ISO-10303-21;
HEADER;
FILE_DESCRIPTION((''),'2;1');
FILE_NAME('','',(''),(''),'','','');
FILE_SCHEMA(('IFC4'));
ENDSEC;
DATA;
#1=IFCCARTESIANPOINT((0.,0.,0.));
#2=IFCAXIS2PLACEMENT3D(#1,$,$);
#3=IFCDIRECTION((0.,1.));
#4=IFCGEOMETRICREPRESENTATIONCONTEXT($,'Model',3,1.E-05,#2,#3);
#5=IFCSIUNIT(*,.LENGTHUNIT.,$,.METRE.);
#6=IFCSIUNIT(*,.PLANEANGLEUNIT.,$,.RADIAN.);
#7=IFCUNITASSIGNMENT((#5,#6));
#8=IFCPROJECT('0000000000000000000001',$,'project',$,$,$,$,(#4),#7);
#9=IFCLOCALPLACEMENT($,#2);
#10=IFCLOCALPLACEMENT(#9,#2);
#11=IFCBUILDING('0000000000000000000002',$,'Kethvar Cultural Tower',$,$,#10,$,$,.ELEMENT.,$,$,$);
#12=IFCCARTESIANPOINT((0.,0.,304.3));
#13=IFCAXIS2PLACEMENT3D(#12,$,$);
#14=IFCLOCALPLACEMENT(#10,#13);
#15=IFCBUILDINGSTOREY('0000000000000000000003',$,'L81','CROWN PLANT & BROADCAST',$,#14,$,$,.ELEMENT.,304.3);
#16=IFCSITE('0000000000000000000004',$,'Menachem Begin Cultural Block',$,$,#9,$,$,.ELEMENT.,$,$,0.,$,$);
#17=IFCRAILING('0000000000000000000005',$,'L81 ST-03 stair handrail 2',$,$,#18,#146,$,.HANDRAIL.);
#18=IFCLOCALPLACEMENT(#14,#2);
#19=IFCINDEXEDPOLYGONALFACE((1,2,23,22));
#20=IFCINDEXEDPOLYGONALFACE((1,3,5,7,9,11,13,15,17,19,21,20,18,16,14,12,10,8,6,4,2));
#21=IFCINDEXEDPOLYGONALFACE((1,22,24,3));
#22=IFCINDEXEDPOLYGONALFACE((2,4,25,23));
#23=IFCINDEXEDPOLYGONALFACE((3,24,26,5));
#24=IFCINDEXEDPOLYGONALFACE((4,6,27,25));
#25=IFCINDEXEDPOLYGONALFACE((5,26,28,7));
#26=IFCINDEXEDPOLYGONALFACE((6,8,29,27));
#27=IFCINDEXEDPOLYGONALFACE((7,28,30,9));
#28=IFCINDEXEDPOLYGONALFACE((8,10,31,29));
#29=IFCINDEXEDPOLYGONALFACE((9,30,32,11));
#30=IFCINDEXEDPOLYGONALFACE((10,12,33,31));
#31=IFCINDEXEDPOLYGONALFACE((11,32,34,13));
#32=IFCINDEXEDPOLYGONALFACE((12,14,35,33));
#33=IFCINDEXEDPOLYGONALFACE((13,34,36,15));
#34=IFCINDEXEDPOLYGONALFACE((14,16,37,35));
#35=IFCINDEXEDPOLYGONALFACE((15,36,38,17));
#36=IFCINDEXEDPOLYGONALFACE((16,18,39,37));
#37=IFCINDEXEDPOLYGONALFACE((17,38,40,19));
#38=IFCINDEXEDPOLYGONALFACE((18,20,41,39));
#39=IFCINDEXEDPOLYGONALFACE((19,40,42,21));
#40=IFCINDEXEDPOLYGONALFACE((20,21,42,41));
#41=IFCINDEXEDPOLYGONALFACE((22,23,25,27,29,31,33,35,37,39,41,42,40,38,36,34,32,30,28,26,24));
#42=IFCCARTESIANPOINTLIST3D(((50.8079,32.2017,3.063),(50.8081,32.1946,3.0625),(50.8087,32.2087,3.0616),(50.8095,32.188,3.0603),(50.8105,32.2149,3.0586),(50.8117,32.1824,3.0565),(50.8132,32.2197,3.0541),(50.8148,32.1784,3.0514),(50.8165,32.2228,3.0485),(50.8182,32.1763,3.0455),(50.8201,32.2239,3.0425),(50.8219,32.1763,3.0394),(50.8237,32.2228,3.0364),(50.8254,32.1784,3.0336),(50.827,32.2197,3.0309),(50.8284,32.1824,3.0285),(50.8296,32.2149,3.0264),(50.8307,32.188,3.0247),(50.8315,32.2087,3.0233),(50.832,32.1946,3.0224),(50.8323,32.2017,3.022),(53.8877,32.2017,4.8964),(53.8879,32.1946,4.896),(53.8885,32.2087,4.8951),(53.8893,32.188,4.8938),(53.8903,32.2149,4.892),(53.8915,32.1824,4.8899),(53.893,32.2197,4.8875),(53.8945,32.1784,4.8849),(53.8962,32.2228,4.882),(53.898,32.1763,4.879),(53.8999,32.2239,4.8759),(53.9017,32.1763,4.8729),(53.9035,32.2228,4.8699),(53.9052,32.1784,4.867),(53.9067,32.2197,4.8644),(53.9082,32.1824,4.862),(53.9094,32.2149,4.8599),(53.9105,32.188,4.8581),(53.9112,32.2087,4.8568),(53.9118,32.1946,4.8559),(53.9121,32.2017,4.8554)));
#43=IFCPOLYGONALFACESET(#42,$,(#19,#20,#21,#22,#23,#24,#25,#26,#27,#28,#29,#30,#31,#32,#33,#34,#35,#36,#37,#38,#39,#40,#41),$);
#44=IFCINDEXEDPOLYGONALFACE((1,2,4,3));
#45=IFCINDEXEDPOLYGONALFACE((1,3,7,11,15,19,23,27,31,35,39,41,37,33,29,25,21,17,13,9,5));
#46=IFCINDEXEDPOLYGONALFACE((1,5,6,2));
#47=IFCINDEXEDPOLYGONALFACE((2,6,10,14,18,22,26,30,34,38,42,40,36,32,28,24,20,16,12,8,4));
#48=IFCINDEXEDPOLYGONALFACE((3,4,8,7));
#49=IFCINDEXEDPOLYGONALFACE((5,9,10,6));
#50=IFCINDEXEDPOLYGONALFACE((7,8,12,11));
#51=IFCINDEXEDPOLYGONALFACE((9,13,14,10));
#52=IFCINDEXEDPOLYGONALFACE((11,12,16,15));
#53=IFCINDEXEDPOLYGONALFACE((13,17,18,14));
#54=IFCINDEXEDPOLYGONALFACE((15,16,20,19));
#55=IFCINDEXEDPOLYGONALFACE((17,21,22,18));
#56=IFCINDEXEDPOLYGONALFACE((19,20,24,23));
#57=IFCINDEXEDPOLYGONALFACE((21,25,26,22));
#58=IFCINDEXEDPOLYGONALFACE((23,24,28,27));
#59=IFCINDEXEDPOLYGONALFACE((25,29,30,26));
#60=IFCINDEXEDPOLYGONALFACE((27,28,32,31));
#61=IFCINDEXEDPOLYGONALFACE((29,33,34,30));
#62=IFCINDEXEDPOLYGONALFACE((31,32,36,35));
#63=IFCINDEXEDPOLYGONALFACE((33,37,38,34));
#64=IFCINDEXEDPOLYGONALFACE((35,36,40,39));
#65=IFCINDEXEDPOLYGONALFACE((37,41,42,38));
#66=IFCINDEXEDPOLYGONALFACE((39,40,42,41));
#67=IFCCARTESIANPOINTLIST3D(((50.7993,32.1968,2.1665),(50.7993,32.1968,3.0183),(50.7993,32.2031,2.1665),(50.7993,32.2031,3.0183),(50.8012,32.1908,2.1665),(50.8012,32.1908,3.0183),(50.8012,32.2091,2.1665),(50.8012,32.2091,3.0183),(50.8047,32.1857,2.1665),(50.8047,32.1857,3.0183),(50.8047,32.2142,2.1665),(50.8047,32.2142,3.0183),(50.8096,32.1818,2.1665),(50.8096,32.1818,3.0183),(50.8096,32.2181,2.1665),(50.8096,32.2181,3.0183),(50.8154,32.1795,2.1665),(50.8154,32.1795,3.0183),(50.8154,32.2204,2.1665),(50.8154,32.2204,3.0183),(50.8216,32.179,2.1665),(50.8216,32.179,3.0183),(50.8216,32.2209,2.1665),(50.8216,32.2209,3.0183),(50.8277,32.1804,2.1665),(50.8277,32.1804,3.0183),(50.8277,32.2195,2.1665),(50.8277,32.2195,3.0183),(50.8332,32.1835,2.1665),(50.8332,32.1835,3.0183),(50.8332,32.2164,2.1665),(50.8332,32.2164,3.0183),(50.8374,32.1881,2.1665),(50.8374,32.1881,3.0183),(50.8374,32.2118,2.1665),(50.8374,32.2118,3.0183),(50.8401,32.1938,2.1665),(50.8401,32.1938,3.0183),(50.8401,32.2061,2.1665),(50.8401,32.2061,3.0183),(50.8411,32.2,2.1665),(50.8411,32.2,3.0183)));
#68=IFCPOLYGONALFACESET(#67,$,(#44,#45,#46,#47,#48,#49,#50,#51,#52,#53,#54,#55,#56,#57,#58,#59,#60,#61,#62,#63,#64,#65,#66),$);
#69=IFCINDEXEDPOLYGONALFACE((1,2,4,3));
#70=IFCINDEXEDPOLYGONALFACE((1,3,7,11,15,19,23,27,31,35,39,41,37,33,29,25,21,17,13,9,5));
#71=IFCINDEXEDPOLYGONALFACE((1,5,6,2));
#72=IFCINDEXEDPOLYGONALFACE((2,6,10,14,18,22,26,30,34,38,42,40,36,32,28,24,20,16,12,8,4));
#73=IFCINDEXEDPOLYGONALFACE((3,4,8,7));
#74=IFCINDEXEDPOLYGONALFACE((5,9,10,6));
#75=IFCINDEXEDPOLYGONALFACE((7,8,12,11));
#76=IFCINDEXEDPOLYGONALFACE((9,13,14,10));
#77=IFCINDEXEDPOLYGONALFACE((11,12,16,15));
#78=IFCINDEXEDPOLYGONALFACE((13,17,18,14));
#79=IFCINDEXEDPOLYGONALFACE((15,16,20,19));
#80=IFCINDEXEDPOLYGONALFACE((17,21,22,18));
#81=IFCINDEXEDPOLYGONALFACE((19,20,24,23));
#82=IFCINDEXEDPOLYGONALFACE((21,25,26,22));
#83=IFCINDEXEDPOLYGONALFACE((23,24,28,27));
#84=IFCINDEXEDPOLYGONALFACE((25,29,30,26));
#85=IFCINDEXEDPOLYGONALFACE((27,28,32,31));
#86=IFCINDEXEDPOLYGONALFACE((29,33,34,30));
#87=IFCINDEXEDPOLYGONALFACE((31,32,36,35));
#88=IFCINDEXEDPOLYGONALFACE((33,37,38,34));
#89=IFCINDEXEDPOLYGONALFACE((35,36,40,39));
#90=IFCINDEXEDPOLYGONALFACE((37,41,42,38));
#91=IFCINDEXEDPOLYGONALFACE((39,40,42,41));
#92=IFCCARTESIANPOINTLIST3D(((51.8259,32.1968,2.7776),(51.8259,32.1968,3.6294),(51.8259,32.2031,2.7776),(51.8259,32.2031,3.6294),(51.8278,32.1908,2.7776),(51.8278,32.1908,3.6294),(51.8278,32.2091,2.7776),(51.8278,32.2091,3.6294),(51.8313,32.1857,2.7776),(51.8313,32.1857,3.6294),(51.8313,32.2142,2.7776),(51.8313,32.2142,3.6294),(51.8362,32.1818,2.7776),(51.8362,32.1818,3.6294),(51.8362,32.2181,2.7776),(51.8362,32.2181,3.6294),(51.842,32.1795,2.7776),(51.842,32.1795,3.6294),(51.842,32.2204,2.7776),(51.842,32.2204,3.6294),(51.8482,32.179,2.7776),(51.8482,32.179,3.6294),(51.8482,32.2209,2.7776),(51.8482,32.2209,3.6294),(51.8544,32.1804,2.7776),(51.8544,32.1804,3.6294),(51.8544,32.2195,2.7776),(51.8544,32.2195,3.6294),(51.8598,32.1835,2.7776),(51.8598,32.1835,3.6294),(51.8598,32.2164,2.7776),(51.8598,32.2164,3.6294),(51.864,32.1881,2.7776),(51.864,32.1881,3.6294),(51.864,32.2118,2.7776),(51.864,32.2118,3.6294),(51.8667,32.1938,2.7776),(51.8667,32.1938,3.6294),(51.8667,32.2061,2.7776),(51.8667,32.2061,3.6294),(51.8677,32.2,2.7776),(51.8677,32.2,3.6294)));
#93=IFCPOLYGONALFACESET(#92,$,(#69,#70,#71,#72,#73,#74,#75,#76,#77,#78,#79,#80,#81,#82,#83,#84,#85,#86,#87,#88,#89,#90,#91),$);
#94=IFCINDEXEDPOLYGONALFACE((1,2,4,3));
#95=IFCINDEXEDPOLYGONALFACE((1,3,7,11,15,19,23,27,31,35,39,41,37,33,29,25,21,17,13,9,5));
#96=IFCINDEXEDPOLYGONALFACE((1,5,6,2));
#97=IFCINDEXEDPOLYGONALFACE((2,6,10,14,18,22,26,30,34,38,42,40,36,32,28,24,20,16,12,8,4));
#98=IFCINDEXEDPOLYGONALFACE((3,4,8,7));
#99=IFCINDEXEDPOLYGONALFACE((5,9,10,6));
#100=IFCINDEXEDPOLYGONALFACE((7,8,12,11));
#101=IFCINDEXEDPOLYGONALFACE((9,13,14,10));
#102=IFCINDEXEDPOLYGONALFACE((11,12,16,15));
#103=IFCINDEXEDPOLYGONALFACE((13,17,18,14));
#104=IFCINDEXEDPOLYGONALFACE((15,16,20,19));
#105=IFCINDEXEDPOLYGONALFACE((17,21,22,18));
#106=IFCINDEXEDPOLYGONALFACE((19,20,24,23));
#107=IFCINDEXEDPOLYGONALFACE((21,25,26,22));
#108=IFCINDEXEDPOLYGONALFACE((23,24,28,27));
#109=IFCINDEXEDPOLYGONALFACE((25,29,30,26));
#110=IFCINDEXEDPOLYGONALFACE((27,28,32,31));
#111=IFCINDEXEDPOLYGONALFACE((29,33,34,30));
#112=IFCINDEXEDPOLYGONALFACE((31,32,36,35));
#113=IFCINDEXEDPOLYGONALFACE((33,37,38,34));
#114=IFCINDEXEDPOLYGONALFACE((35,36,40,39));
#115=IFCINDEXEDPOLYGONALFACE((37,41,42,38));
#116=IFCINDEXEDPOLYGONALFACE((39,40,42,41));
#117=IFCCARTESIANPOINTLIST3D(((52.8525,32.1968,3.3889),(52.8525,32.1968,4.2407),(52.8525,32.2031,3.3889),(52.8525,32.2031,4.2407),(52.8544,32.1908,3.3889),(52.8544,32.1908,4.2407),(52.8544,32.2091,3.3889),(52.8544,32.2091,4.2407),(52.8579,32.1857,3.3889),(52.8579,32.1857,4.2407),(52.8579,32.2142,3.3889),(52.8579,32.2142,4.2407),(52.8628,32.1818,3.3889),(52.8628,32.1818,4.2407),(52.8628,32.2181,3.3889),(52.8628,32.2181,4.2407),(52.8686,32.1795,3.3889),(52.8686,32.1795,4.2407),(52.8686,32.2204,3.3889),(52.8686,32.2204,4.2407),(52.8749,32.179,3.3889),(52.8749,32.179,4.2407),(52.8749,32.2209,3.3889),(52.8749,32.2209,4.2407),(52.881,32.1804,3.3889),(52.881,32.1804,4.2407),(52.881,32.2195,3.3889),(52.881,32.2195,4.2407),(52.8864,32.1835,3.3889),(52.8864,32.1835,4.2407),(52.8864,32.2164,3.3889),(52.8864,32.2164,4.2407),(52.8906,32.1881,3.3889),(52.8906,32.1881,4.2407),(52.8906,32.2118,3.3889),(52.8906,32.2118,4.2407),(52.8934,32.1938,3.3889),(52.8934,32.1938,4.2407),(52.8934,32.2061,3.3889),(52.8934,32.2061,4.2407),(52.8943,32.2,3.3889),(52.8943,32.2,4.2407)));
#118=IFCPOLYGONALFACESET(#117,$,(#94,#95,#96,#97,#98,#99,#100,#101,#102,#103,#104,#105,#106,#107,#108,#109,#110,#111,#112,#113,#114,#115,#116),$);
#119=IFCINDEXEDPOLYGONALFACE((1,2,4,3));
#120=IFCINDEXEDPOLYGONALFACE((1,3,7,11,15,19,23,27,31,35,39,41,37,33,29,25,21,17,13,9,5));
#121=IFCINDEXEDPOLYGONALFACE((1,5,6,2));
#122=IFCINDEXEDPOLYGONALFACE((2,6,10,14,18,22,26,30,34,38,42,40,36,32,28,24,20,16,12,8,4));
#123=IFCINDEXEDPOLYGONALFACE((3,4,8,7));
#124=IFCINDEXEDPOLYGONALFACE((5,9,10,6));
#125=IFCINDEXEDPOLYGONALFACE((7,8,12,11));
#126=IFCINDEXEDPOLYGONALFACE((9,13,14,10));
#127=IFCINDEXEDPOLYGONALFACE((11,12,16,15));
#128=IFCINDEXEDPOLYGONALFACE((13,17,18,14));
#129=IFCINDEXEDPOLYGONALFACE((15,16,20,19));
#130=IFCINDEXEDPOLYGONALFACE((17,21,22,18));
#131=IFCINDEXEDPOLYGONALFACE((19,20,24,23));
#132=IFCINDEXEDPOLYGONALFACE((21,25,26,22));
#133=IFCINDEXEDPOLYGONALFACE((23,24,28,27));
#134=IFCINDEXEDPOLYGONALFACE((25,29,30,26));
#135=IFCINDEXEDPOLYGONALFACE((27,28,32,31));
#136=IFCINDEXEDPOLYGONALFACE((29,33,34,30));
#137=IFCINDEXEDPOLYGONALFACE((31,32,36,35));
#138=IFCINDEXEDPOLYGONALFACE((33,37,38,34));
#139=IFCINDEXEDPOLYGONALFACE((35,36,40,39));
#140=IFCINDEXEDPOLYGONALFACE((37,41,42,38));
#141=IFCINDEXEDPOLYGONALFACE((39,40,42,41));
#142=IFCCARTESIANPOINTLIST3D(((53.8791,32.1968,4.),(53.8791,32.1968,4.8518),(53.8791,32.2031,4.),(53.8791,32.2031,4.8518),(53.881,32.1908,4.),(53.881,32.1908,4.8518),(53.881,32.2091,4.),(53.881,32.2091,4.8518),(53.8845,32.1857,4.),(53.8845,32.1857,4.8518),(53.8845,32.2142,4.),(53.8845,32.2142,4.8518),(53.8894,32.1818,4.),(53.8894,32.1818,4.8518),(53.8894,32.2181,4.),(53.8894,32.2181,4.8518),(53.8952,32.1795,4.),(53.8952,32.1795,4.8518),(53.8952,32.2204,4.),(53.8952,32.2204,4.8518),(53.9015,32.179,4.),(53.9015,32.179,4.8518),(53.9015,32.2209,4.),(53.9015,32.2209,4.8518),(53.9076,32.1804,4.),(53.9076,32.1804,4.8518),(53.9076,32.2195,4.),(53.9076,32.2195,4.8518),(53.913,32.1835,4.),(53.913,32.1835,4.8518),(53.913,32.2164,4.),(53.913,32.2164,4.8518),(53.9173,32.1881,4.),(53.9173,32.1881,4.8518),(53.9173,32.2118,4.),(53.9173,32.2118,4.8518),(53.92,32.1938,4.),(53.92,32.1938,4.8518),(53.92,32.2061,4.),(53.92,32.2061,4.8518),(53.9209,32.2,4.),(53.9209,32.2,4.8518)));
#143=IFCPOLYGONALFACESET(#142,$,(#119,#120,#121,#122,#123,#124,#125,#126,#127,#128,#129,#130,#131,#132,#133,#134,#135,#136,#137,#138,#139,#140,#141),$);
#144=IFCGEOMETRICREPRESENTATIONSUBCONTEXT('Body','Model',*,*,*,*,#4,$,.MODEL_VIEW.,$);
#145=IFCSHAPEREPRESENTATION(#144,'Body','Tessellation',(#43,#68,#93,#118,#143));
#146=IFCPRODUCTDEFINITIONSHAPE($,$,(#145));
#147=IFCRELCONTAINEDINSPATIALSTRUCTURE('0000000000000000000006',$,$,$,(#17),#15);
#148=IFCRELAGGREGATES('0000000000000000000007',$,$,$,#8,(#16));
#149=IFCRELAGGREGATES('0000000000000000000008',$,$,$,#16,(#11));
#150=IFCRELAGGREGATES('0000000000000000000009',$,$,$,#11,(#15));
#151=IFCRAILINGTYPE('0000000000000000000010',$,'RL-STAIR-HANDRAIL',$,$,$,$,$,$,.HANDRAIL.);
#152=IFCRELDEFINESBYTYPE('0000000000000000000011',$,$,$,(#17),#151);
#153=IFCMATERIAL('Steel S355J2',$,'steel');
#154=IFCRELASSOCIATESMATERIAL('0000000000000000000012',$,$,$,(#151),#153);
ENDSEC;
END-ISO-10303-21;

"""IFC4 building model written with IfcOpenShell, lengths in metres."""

from ifc_helpers import new_model, si_unit, direction, frame, origin, origin_2d, place, context, subcontext, project, spatial, circle, extrude, material, type_object, element, save


model = new_model("IFC4")

# Units and contexts
model_context = context("Model", 3, precision=1e-05, world=origin(), true_north=direction((0.0, 1.0)))
body_context = subcontext(model_context, "Body", "Model", "MODEL_VIEW")
ifc_project = project(units=[si_unit("LENGTHUNIT", "METRE"), si_unit("PLANEANGLEUNIT", "RADIAN")], contexts=[model_context])

# Site, building, storey
site_placement = place(None, origin())
site = spatial("IfcSite", under=ifc_project, at=site_placement, Name="Menachem Begin Cultural Block", CompositionType="ELEMENT", RefElevation=0.0)
building_placement = place(site_placement, origin())
building = spatial("IfcBuilding", under=site, at=building_placement, Name="Kethvar Cultural Tower", CompositionType="ELEMENT")
storey_placement = place(building_placement, frame((0.0, 0.0, 304.3)))
storey = spatial("IfcBuildingStorey", under=building, at=storey_placement, Name="L81", Description="CROWN PLANT & BROADCAST", CompositionType="ELEMENT", Elevation=304.3)

# Shared definitions
ifc_material_1 = material(Name="Steel S355J2", Category="steel")

# Railing
railing_type_1 = type_object("IfcRailingType", Name="RL-STAIR-HANDRAIL", PredefinedType="HANDRAIL", material=ifc_material_1)
railing_1_placement = place(storey_placement, frame((50.8201, 32.2, 2.1665)))
element("IfcRailing", 1, at=railing_1_placement, inside=storey, type_object=railing_type_1, Name="L81 ST-03 stair handrail 2", PredefinedType="HANDRAIL", context=body_context, shape_type="SweptSolid", body=[
    extrude(circle(Radius=0.0239, at=origin_2d()), frame((0.0, 0.0, 0.876), z_axis=(0.859261, 0.0, 0.511538), x_axis=(0.0, 1.0, 0.0)), (0.0, 0.0, 1.0), 3.5842),
    extrude(circle(Radius=0.021, at=origin_2d()), origin(), (0.0, 0.0, 1.0), 0.8518),
    extrude(circle(Radius=0.021, at=origin_2d()), frame((1.0266, 0.0, 0.6111)), (0.0, 0.0, 1.0), 0.8518),
    extrude(circle(Radius=0.021, at=origin_2d()), frame((2.0532, 0.0, 1.2224)), (0.0, 0.0, 1.0), 0.8518),
    extrude(circle(Radius=0.021, at=origin_2d()), frame((3.0798, 0.0, 1.8335)), (0.0, 0.0, 1.0), 0.8518),
])

save(model, "model.ifc")
